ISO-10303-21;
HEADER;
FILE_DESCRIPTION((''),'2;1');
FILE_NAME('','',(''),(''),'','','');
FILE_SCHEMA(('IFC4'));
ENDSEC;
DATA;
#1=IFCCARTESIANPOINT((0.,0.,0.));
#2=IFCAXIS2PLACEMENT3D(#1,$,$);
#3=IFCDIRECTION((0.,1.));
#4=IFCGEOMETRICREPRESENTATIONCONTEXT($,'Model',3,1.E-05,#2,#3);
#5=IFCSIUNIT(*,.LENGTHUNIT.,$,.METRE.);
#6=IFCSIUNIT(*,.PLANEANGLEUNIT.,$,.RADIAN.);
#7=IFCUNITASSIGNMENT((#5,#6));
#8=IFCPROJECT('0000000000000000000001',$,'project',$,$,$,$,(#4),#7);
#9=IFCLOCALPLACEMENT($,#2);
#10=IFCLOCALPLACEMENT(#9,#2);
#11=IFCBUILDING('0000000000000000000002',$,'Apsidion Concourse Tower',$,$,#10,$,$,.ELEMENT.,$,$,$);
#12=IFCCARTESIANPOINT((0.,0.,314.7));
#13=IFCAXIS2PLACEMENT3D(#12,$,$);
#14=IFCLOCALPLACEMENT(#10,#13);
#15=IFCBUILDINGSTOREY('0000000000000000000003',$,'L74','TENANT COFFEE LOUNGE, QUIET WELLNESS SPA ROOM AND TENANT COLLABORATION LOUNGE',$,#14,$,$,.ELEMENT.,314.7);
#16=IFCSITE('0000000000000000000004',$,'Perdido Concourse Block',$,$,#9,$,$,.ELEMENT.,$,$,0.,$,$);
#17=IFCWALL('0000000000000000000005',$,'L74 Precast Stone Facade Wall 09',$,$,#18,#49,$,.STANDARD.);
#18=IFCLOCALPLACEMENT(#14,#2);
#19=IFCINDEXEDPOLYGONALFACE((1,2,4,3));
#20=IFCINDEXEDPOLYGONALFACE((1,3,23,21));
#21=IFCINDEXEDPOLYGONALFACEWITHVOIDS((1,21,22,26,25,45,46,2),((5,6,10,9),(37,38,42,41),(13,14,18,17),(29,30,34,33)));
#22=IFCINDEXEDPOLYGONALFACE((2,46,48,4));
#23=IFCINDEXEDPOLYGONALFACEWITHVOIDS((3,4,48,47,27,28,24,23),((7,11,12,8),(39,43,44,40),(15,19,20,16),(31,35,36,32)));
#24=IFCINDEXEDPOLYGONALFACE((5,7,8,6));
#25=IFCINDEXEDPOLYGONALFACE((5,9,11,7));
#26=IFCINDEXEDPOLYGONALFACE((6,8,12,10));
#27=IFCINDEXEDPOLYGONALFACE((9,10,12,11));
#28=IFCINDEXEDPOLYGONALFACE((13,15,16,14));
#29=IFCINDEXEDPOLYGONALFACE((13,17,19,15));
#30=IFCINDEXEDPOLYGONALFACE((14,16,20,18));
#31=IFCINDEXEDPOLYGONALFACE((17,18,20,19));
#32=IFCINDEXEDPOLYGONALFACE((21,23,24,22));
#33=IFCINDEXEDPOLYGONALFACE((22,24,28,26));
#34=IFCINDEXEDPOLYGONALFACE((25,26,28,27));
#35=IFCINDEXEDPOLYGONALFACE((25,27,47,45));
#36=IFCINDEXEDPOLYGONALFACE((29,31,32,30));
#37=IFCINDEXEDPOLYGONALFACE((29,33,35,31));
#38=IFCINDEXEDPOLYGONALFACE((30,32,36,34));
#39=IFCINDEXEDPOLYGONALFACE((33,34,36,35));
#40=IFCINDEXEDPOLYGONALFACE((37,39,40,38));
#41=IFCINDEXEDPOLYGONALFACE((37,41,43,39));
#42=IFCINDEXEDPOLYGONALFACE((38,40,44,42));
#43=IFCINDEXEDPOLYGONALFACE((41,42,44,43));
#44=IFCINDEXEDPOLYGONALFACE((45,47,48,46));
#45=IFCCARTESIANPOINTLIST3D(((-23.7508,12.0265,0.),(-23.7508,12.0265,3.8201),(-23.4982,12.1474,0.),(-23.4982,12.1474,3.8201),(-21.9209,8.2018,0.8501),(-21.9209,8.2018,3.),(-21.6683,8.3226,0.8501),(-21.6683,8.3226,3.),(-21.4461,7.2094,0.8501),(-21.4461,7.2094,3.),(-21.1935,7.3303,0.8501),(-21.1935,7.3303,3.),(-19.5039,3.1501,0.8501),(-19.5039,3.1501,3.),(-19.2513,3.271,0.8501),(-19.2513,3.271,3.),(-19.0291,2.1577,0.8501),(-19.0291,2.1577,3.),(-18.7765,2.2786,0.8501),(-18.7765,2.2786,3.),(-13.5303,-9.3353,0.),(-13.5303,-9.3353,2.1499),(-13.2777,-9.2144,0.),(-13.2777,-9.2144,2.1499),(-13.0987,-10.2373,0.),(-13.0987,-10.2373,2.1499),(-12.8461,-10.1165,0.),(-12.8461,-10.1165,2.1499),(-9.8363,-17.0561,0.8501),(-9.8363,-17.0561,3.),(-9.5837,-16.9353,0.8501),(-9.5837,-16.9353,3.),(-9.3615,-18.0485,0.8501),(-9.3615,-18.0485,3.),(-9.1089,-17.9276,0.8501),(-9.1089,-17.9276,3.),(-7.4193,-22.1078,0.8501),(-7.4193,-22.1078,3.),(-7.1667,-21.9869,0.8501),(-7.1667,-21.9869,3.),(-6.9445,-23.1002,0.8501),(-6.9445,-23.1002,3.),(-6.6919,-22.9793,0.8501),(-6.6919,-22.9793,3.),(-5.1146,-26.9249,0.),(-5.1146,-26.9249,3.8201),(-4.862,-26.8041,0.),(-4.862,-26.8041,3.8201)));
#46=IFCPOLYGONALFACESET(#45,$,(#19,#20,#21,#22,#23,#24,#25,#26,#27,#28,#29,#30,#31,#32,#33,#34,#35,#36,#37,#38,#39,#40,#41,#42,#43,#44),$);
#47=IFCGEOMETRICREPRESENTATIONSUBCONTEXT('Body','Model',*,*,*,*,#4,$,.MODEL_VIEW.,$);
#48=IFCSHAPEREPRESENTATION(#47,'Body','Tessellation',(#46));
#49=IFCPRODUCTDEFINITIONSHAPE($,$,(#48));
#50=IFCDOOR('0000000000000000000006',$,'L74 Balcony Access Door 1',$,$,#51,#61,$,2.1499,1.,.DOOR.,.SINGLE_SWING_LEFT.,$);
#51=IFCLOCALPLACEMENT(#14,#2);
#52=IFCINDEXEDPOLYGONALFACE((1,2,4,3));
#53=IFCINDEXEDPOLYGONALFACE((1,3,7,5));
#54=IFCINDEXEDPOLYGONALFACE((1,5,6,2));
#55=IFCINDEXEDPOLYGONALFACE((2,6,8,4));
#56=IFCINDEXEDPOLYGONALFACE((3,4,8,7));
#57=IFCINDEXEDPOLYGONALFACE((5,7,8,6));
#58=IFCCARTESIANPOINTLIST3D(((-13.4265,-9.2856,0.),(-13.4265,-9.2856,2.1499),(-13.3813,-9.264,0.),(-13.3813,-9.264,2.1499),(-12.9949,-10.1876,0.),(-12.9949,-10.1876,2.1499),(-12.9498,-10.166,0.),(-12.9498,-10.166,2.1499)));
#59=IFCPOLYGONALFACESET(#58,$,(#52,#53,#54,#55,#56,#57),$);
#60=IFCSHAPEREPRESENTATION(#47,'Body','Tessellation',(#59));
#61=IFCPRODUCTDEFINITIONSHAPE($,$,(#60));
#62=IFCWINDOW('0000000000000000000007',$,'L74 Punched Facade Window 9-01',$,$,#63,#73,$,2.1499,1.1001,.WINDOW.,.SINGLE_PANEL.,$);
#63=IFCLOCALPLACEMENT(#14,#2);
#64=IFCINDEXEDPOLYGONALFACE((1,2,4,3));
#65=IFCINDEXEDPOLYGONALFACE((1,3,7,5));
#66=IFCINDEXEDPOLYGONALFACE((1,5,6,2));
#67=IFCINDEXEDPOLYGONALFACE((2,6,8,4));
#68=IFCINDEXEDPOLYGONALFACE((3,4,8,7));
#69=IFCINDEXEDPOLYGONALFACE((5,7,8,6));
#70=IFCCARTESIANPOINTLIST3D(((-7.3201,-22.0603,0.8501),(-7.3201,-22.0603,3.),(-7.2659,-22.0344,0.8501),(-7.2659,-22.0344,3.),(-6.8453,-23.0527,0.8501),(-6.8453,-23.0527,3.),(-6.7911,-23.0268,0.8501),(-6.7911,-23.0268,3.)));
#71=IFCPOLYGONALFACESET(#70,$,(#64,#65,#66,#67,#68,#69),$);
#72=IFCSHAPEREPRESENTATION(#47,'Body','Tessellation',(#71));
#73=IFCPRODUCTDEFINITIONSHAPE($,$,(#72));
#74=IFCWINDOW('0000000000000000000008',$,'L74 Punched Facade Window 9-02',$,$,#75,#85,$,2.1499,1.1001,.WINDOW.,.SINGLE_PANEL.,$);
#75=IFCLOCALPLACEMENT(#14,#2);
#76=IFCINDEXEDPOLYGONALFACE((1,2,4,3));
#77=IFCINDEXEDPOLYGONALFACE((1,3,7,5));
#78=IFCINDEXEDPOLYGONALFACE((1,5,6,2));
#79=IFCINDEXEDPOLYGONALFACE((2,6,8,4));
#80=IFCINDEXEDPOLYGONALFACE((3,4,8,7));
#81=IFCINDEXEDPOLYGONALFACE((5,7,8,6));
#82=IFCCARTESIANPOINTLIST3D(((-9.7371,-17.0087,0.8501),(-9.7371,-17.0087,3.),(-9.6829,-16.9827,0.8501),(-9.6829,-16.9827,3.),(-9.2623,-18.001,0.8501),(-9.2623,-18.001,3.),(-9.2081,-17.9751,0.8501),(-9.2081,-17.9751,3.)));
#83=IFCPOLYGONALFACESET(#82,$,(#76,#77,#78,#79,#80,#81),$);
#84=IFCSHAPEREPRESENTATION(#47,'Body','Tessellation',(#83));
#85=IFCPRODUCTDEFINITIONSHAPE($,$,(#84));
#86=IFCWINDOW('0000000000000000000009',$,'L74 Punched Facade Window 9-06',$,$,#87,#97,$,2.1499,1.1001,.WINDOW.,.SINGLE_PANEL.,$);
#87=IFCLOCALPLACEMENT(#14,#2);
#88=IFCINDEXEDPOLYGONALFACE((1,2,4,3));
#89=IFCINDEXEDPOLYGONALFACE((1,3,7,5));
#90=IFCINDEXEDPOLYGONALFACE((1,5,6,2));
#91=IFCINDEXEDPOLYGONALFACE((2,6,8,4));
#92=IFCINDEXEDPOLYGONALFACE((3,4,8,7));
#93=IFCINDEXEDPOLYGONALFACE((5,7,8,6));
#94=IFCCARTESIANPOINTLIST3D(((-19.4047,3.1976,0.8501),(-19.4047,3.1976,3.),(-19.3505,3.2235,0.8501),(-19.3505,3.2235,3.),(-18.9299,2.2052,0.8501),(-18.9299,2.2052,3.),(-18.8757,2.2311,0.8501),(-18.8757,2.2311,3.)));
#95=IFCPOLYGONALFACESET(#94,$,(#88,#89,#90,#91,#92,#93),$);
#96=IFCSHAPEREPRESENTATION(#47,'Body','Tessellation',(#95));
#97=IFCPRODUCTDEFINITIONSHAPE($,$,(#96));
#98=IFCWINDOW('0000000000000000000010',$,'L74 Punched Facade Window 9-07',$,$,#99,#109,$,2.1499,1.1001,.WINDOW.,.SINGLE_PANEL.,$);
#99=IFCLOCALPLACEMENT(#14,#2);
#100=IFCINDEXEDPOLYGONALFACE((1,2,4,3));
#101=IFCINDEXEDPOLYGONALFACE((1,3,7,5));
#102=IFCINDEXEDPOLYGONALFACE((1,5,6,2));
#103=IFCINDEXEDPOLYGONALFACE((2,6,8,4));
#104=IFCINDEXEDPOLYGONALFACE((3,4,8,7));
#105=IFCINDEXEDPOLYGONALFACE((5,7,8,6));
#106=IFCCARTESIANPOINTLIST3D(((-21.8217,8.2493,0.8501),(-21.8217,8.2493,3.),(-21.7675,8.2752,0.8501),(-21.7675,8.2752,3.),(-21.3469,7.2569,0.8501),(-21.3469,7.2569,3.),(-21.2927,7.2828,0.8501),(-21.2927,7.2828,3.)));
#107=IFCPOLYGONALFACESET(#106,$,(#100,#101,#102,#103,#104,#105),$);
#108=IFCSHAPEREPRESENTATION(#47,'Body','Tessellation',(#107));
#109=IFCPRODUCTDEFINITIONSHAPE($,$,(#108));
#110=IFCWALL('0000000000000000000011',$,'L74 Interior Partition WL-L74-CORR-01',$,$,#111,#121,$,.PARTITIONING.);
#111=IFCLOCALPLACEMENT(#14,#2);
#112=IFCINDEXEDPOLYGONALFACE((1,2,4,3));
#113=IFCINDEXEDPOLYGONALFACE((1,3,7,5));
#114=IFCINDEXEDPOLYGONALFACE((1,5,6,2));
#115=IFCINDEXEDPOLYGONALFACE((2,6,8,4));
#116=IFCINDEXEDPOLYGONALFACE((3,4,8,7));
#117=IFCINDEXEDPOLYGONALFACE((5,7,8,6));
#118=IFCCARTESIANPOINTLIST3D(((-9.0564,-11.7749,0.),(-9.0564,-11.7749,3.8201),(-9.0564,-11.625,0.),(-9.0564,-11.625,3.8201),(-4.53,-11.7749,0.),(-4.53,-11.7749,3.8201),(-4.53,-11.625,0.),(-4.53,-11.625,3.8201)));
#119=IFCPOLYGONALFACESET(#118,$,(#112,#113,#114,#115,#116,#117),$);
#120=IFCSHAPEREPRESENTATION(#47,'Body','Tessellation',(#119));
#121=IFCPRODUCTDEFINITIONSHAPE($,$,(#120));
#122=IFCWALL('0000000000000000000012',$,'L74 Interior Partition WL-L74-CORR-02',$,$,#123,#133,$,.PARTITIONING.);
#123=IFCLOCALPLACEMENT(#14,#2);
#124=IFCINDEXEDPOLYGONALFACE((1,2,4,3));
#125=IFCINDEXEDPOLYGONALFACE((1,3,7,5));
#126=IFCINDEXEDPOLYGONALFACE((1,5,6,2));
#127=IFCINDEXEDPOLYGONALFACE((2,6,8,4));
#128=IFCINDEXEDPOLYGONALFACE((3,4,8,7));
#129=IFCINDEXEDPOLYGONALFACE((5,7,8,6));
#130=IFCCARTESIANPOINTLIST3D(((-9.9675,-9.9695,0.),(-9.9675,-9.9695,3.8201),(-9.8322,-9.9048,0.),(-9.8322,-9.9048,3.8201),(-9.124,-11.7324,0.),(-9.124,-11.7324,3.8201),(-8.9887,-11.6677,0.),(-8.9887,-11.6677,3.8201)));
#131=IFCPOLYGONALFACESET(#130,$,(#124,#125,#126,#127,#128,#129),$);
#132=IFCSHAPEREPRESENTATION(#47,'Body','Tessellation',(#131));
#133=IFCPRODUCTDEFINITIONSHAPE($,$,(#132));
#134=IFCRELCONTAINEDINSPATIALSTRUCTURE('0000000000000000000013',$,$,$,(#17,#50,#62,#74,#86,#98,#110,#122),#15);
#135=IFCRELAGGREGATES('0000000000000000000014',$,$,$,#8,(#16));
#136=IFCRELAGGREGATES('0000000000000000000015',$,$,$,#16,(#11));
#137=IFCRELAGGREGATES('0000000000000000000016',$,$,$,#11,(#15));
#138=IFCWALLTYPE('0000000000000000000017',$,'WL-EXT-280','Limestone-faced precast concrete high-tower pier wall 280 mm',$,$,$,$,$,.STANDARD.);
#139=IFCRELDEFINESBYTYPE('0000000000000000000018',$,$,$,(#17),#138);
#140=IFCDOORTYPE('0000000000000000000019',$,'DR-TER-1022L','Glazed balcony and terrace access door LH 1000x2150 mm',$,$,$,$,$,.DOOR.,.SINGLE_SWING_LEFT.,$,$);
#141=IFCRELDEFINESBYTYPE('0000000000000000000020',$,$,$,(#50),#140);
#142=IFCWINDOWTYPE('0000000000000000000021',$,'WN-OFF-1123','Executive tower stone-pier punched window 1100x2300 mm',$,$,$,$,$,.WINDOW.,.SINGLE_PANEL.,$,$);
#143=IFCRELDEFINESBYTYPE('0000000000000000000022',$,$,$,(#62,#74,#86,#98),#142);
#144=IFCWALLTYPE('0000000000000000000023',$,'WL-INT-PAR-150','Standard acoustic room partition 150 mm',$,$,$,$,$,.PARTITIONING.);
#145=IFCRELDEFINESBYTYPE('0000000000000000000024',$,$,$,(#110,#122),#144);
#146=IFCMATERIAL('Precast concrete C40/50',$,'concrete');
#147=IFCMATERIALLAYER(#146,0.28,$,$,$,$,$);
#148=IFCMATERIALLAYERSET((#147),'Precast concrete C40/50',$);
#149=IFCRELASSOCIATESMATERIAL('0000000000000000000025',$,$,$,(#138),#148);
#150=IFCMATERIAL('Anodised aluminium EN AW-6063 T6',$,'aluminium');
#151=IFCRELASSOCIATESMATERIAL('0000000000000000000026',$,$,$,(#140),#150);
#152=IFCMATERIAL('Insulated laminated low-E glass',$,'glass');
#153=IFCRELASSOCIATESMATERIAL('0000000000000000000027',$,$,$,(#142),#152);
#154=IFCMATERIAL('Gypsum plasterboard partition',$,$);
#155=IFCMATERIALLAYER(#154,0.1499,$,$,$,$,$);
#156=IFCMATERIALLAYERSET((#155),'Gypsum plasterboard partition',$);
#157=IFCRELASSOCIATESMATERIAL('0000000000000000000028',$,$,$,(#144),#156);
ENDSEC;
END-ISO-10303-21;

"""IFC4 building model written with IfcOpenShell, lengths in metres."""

from ifc_helpers import new_model, si_unit, direction, frame, frame_2d, origin, place, context, subcontext, project, spatial, rectangle, extrude, material, layer, layer_set, type_object, element, fill, save


model = new_model("IFC4")

# Units and contexts
model_context = context("Model", 3, precision=1e-05, world=origin(), true_north=direction((0.0, 1.0)))
body_context = subcontext(model_context, "Body", "Model", "MODEL_VIEW")
ifc_project = project(units=[si_unit("LENGTHUNIT", "METRE"), si_unit("PLANEANGLEUNIT", "RADIAN")], contexts=[model_context])

# Site, building, storey
site_placement = place(None, origin())
site = spatial("IfcSite", under=ifc_project, at=site_placement, Name="Perdido Concourse Block", CompositionType="ELEMENT", RefElevation=0.0)
building_placement = place(site_placement, origin())
building = spatial("IfcBuilding", under=site, at=building_placement, Name="Apsidion Concourse Tower", CompositionType="ELEMENT")
storey_placement = place(building_placement, frame((0.0, 0.0, 314.7)))
storey = spatial("IfcBuildingStorey", under=building, at=storey_placement, Name="L74", Description="TENANT COFFEE LOUNGE, QUIET WELLNESS SPA ROOM AND TENANT COLLABORATION LOUNGE", CompositionType="ELEMENT", Elevation=314.7)

# Shared definitions
ifc_material_1 = material(Name="Precast concrete C40/50", Category="concrete")
ifc_layer_1 = layer(ifc_material_1, 0.28)
ifc_layer_set_1 = layer_set([ifc_layer_1], Name="Precast concrete C40/50")
wall_type_1 = type_object("IfcWallType", Name="WL-EXT-280", Description="Limestone-faced precast concrete high-tower pier wall 280 mm", PredefinedType="STANDARD", material=ifc_layer_set_1)

# Wall, openings, door, windows
wall_1_placement = place(storey_placement, frame((-4.9883, -26.8645, 0.0), z_axis=(0.0, 0.0, 1.0), x_axis=(-0.431593, 0.902068, 0.0)))
wall_1 = element("IfcWall", 1, at=wall_1_placement, inside=storey, type_object=wall_type_1, Name="L74 Precast Stone Facade Wall 09", PredefinedType="STANDARD", context=body_context, shape_type="SweptSolid", body=[
    extrude(rectangle(XDim=43.1802, YDim=0.28, at=frame_2d((21.5901, 0.0))), origin(), (0.0, 0.0, 1.0), 3.8201),
])
opening_1_placement = place(wall_1_placement, frame((18.4993, 0.0, 0.0)))
opening_1 = element("IfcOpeningElement", 2, at=opening_1_placement, cuts=wall_1, PredefinedType="OPENING", context=body_context, shape_type="SweptSolid", body=[
    extrude(rectangle(XDim=1.0, YDim=2.1499, at=frame_2d((0.5, 1.075))), frame((0.0, 0.1499, 0.0), z_axis=(0.0, -1.0, 0.0), x_axis=(1.0, 0.0, 0.0)), (0.0, 0.0, 1.0), 0.3),
])
opening_2_placement = place(wall_1_placement, frame((4.24, 0.0, 0.8501)))
opening_2 = element("IfcOpeningElement", 3, at=opening_2_placement, cuts=wall_1, PredefinedType="OPENING", context=body_context, shape_type="SweptSolid", body=[
    extrude(rectangle(XDim=1.1001, YDim=2.1499, at=frame_2d((0.55, 1.075))), frame((0.0, 0.1499, 0.0), z_axis=(0.0, -1.0, 0.0), x_axis=(1.0, 0.0, 0.0)), (0.0, 0.0, 1.0), 0.3),
])
opening_3_placement = place(wall_1_placement, frame((9.8401, 0.0, 0.8501)))
opening_3 = element("IfcOpeningElement", 4, at=opening_3_placement, cuts=wall_1, PredefinedType="OPENING", context=body_context, shape_type="SweptSolid", body=[
    extrude(rectangle(XDim=1.1001, YDim=2.1499, at=frame_2d((0.55, 1.075))), frame((0.0, 0.1499, 0.0), z_axis=(0.0, -1.0, 0.0), x_axis=(1.0, 0.0, 0.0)), (0.0, 0.0, 1.0), 0.3),
])
opening_4_placement = place(wall_1_placement, frame((32.24, 0.0, 0.8501)))
opening_4 = element("IfcOpeningElement", 5, at=opening_4_placement, cuts=wall_1, PredefinedType="OPENING", context=body_context, shape_type="SweptSolid", body=[
    extrude(rectangle(XDim=1.1001, YDim=2.1499, at=frame_2d((0.55, 1.075))), frame((0.0, 0.1499, 0.0), z_axis=(0.0, -1.0, 0.0), x_axis=(1.0, 0.0, 0.0)), (0.0, 0.0, 1.0), 0.3),
])
opening_5_placement = place(wall_1_placement, frame((37.8401, 0.0, 0.8501)))
opening_5 = element("IfcOpeningElement", 6, at=opening_5_placement, cuts=wall_1, PredefinedType="OPENING", context=body_context, shape_type="SweptSolid", body=[
    extrude(rectangle(XDim=1.1001, YDim=2.1499, at=frame_2d((0.55, 1.075))), frame((0.0, 0.1499, 0.0), z_axis=(0.0, -1.0, 0.0), x_axis=(1.0, 0.0, 0.0)), (0.0, 0.0, 1.0), 0.3),
])
ifc_material_2 = material(Name="Anodised aluminium EN AW-6063 T6", Category="aluminium")
door_type_1 = type_object("IfcDoorType", Name="DR-TER-1022L", Description="Glazed balcony and terrace access door LH 1000x2150 mm", OperationType="SINGLE_SWING_LEFT", PredefinedType="DOOR", material=ifc_material_2)
door_1_placement = place(opening_1_placement, origin())
door_1 = element("IfcDoor", 7, at=door_1_placement, inside=storey, type_object=door_type_1, Name="L74 Balcony Access Door 1", OperationType="SINGLE_SWING_LEFT", OverallHeight=2.1499, OverallWidth=1.0, PredefinedType="DOOR", context=body_context, shape_type="SweptSolid", body=[
    extrude(rectangle(XDim=1.0, YDim=2.1499, at=frame_2d((0.5, 1.075))), frame((0.0, 0.0249, 0.0), z_axis=(0.0, -1.0, 0.0), x_axis=(1.0, 0.0, 0.0)), (0.0, 0.0, 1.0), 0.05),
])
fill(opening_1, door_1)
ifc_material_3 = material(Name="Insulated laminated low-E glass", Category="glass")
window_type = type_object("IfcWindowType", Name="WN-OFF-1123", Description="Executive tower stone-pier punched window 1100x2300 mm", PartitioningType="SINGLE_PANEL", PredefinedType="WINDOW", material=ifc_material_3)
window_1_placement = place(opening_2_placement, origin())
window_1 = element("IfcWindow", 8, at=window_1_placement, inside=storey, type_object=window_type, Name="L74 Punched Facade Window 9-01", OverallHeight=2.1499, OverallWidth=1.1001, PartitioningType="SINGLE_PANEL", PredefinedType="WINDOW", context=body_context, shape_type="SweptSolid", body=[
    extrude(rectangle(XDim=1.1001, YDim=2.1499, at=frame_2d((0.55, 1.075))), frame((0.0, 0.03, 0.0), z_axis=(0.0, -1.0, 0.0), x_axis=(1.0, 0.0, 0.0)), (0.0, 0.0, 1.0), 0.0601),
])
fill(opening_2, window_1)
window_2_placement = place(opening_3_placement, origin())
window_2 = element("IfcWindow", 9, at=window_2_placement, inside=storey, type_object=window_type, Name="L74 Punched Facade Window 9-02", OverallHeight=2.1499, OverallWidth=1.1001, PartitioningType="SINGLE_PANEL", PredefinedType="WINDOW", context=body_context, shape_type="SweptSolid", body=[
    extrude(rectangle(XDim=1.1001, YDim=2.1499, at=frame_2d((0.55, 1.075))), frame((0.0, 0.03, 0.0), z_axis=(0.0, -1.0, 0.0), x_axis=(1.0, 0.0, 0.0)), (0.0, 0.0, 1.0), 0.0601),
])
fill(opening_3, window_2)
window_3_placement = place(opening_4_placement, origin())
window_3 = element("IfcWindow", 10, at=window_3_placement, inside=storey, type_object=window_type, Name="L74 Punched Facade Window 9-06", OverallHeight=2.1499, OverallWidth=1.1001, PartitioningType="SINGLE_PANEL", PredefinedType="WINDOW", context=body_context, shape_type="SweptSolid", body=[
    extrude(rectangle(XDim=1.1001, YDim=2.1499, at=frame_2d((0.55, 1.075))), frame((0.0, 0.03, 0.0), z_axis=(0.0, -1.0, 0.0), x_axis=(1.0, 0.0, 0.0)), (0.0, 0.0, 1.0), 0.0601),
])
fill(opening_4, window_3)
window_4_placement = place(opening_5_placement, origin())
window_4 = element("IfcWindow", 11, at=window_4_placement, inside=storey, type_object=window_type, Name="L74 Punched Facade Window 9-07", OverallHeight=2.1499, OverallWidth=1.1001, PartitioningType="SINGLE_PANEL", PredefinedType="WINDOW", context=body_context, shape_type="SweptSolid", body=[
    extrude(rectangle(XDim=1.1001, YDim=2.1499, at=frame_2d((0.55, 1.075))), frame((0.0, 0.03, 0.0), z_axis=(0.0, -1.0, 0.0), x_axis=(1.0, 0.0, 0.0)), (0.0, 0.0, 1.0), 0.0601),
])
fill(opening_5, window_4)

# Walls
ifc_material_4 = material(Name="Gypsum plasterboard partition")
ifc_layer_2 = layer(ifc_material_4, 0.1499)
ifc_layer_set_2 = layer_set([ifc_layer_2], Name="Gypsum plasterboard partition")
wall_type_2 = type_object("IfcWallType", Name="WL-INT-PAR-150", Description="Standard acoustic room partition 150 mm", PredefinedType="PARTITIONING", material=ifc_layer_set_2)
wall_2_placement = place(storey_placement, frame((-4.53, -11.7, 0.0), z_axis=(0.0, 0.0, 1.0), x_axis=(-1.0, 0.0, 0.0)))
element("IfcWall", 12, at=wall_2_placement, inside=storey, type_object=wall_type_2, Name="L74 Interior Partition WL-L74-CORR-01", PredefinedType="PARTITIONING", context=body_context, shape_type="SweptSolid", body=[
    extrude(rectangle(XDim=4.5264, YDim=0.1499, at=frame_2d((2.2632, 0.0))), origin(), (0.0, 0.0, 1.0), 3.8201),
])
wall_3_placement = place(storey_placement, frame((-9.0564, -11.7, 0.0), z_axis=(0.0, 0.0, 1.0), x_axis=(-0.431606, 0.902062, 0.0)))
element("IfcWall", 13, at=wall_3_placement, inside=storey, type_object=wall_type_2, Name="L74 Interior Partition WL-L74-CORR-02", PredefinedType="PARTITIONING", context=body_context, shape_type="SweptSolid", body=[
    extrude(rectangle(XDim=1.9543, YDim=0.1499, at=frame_2d((0.9771, 0.0))), origin(), (0.0, 0.0, 1.0), 3.8201),
])

save(model, "model.ifc")
